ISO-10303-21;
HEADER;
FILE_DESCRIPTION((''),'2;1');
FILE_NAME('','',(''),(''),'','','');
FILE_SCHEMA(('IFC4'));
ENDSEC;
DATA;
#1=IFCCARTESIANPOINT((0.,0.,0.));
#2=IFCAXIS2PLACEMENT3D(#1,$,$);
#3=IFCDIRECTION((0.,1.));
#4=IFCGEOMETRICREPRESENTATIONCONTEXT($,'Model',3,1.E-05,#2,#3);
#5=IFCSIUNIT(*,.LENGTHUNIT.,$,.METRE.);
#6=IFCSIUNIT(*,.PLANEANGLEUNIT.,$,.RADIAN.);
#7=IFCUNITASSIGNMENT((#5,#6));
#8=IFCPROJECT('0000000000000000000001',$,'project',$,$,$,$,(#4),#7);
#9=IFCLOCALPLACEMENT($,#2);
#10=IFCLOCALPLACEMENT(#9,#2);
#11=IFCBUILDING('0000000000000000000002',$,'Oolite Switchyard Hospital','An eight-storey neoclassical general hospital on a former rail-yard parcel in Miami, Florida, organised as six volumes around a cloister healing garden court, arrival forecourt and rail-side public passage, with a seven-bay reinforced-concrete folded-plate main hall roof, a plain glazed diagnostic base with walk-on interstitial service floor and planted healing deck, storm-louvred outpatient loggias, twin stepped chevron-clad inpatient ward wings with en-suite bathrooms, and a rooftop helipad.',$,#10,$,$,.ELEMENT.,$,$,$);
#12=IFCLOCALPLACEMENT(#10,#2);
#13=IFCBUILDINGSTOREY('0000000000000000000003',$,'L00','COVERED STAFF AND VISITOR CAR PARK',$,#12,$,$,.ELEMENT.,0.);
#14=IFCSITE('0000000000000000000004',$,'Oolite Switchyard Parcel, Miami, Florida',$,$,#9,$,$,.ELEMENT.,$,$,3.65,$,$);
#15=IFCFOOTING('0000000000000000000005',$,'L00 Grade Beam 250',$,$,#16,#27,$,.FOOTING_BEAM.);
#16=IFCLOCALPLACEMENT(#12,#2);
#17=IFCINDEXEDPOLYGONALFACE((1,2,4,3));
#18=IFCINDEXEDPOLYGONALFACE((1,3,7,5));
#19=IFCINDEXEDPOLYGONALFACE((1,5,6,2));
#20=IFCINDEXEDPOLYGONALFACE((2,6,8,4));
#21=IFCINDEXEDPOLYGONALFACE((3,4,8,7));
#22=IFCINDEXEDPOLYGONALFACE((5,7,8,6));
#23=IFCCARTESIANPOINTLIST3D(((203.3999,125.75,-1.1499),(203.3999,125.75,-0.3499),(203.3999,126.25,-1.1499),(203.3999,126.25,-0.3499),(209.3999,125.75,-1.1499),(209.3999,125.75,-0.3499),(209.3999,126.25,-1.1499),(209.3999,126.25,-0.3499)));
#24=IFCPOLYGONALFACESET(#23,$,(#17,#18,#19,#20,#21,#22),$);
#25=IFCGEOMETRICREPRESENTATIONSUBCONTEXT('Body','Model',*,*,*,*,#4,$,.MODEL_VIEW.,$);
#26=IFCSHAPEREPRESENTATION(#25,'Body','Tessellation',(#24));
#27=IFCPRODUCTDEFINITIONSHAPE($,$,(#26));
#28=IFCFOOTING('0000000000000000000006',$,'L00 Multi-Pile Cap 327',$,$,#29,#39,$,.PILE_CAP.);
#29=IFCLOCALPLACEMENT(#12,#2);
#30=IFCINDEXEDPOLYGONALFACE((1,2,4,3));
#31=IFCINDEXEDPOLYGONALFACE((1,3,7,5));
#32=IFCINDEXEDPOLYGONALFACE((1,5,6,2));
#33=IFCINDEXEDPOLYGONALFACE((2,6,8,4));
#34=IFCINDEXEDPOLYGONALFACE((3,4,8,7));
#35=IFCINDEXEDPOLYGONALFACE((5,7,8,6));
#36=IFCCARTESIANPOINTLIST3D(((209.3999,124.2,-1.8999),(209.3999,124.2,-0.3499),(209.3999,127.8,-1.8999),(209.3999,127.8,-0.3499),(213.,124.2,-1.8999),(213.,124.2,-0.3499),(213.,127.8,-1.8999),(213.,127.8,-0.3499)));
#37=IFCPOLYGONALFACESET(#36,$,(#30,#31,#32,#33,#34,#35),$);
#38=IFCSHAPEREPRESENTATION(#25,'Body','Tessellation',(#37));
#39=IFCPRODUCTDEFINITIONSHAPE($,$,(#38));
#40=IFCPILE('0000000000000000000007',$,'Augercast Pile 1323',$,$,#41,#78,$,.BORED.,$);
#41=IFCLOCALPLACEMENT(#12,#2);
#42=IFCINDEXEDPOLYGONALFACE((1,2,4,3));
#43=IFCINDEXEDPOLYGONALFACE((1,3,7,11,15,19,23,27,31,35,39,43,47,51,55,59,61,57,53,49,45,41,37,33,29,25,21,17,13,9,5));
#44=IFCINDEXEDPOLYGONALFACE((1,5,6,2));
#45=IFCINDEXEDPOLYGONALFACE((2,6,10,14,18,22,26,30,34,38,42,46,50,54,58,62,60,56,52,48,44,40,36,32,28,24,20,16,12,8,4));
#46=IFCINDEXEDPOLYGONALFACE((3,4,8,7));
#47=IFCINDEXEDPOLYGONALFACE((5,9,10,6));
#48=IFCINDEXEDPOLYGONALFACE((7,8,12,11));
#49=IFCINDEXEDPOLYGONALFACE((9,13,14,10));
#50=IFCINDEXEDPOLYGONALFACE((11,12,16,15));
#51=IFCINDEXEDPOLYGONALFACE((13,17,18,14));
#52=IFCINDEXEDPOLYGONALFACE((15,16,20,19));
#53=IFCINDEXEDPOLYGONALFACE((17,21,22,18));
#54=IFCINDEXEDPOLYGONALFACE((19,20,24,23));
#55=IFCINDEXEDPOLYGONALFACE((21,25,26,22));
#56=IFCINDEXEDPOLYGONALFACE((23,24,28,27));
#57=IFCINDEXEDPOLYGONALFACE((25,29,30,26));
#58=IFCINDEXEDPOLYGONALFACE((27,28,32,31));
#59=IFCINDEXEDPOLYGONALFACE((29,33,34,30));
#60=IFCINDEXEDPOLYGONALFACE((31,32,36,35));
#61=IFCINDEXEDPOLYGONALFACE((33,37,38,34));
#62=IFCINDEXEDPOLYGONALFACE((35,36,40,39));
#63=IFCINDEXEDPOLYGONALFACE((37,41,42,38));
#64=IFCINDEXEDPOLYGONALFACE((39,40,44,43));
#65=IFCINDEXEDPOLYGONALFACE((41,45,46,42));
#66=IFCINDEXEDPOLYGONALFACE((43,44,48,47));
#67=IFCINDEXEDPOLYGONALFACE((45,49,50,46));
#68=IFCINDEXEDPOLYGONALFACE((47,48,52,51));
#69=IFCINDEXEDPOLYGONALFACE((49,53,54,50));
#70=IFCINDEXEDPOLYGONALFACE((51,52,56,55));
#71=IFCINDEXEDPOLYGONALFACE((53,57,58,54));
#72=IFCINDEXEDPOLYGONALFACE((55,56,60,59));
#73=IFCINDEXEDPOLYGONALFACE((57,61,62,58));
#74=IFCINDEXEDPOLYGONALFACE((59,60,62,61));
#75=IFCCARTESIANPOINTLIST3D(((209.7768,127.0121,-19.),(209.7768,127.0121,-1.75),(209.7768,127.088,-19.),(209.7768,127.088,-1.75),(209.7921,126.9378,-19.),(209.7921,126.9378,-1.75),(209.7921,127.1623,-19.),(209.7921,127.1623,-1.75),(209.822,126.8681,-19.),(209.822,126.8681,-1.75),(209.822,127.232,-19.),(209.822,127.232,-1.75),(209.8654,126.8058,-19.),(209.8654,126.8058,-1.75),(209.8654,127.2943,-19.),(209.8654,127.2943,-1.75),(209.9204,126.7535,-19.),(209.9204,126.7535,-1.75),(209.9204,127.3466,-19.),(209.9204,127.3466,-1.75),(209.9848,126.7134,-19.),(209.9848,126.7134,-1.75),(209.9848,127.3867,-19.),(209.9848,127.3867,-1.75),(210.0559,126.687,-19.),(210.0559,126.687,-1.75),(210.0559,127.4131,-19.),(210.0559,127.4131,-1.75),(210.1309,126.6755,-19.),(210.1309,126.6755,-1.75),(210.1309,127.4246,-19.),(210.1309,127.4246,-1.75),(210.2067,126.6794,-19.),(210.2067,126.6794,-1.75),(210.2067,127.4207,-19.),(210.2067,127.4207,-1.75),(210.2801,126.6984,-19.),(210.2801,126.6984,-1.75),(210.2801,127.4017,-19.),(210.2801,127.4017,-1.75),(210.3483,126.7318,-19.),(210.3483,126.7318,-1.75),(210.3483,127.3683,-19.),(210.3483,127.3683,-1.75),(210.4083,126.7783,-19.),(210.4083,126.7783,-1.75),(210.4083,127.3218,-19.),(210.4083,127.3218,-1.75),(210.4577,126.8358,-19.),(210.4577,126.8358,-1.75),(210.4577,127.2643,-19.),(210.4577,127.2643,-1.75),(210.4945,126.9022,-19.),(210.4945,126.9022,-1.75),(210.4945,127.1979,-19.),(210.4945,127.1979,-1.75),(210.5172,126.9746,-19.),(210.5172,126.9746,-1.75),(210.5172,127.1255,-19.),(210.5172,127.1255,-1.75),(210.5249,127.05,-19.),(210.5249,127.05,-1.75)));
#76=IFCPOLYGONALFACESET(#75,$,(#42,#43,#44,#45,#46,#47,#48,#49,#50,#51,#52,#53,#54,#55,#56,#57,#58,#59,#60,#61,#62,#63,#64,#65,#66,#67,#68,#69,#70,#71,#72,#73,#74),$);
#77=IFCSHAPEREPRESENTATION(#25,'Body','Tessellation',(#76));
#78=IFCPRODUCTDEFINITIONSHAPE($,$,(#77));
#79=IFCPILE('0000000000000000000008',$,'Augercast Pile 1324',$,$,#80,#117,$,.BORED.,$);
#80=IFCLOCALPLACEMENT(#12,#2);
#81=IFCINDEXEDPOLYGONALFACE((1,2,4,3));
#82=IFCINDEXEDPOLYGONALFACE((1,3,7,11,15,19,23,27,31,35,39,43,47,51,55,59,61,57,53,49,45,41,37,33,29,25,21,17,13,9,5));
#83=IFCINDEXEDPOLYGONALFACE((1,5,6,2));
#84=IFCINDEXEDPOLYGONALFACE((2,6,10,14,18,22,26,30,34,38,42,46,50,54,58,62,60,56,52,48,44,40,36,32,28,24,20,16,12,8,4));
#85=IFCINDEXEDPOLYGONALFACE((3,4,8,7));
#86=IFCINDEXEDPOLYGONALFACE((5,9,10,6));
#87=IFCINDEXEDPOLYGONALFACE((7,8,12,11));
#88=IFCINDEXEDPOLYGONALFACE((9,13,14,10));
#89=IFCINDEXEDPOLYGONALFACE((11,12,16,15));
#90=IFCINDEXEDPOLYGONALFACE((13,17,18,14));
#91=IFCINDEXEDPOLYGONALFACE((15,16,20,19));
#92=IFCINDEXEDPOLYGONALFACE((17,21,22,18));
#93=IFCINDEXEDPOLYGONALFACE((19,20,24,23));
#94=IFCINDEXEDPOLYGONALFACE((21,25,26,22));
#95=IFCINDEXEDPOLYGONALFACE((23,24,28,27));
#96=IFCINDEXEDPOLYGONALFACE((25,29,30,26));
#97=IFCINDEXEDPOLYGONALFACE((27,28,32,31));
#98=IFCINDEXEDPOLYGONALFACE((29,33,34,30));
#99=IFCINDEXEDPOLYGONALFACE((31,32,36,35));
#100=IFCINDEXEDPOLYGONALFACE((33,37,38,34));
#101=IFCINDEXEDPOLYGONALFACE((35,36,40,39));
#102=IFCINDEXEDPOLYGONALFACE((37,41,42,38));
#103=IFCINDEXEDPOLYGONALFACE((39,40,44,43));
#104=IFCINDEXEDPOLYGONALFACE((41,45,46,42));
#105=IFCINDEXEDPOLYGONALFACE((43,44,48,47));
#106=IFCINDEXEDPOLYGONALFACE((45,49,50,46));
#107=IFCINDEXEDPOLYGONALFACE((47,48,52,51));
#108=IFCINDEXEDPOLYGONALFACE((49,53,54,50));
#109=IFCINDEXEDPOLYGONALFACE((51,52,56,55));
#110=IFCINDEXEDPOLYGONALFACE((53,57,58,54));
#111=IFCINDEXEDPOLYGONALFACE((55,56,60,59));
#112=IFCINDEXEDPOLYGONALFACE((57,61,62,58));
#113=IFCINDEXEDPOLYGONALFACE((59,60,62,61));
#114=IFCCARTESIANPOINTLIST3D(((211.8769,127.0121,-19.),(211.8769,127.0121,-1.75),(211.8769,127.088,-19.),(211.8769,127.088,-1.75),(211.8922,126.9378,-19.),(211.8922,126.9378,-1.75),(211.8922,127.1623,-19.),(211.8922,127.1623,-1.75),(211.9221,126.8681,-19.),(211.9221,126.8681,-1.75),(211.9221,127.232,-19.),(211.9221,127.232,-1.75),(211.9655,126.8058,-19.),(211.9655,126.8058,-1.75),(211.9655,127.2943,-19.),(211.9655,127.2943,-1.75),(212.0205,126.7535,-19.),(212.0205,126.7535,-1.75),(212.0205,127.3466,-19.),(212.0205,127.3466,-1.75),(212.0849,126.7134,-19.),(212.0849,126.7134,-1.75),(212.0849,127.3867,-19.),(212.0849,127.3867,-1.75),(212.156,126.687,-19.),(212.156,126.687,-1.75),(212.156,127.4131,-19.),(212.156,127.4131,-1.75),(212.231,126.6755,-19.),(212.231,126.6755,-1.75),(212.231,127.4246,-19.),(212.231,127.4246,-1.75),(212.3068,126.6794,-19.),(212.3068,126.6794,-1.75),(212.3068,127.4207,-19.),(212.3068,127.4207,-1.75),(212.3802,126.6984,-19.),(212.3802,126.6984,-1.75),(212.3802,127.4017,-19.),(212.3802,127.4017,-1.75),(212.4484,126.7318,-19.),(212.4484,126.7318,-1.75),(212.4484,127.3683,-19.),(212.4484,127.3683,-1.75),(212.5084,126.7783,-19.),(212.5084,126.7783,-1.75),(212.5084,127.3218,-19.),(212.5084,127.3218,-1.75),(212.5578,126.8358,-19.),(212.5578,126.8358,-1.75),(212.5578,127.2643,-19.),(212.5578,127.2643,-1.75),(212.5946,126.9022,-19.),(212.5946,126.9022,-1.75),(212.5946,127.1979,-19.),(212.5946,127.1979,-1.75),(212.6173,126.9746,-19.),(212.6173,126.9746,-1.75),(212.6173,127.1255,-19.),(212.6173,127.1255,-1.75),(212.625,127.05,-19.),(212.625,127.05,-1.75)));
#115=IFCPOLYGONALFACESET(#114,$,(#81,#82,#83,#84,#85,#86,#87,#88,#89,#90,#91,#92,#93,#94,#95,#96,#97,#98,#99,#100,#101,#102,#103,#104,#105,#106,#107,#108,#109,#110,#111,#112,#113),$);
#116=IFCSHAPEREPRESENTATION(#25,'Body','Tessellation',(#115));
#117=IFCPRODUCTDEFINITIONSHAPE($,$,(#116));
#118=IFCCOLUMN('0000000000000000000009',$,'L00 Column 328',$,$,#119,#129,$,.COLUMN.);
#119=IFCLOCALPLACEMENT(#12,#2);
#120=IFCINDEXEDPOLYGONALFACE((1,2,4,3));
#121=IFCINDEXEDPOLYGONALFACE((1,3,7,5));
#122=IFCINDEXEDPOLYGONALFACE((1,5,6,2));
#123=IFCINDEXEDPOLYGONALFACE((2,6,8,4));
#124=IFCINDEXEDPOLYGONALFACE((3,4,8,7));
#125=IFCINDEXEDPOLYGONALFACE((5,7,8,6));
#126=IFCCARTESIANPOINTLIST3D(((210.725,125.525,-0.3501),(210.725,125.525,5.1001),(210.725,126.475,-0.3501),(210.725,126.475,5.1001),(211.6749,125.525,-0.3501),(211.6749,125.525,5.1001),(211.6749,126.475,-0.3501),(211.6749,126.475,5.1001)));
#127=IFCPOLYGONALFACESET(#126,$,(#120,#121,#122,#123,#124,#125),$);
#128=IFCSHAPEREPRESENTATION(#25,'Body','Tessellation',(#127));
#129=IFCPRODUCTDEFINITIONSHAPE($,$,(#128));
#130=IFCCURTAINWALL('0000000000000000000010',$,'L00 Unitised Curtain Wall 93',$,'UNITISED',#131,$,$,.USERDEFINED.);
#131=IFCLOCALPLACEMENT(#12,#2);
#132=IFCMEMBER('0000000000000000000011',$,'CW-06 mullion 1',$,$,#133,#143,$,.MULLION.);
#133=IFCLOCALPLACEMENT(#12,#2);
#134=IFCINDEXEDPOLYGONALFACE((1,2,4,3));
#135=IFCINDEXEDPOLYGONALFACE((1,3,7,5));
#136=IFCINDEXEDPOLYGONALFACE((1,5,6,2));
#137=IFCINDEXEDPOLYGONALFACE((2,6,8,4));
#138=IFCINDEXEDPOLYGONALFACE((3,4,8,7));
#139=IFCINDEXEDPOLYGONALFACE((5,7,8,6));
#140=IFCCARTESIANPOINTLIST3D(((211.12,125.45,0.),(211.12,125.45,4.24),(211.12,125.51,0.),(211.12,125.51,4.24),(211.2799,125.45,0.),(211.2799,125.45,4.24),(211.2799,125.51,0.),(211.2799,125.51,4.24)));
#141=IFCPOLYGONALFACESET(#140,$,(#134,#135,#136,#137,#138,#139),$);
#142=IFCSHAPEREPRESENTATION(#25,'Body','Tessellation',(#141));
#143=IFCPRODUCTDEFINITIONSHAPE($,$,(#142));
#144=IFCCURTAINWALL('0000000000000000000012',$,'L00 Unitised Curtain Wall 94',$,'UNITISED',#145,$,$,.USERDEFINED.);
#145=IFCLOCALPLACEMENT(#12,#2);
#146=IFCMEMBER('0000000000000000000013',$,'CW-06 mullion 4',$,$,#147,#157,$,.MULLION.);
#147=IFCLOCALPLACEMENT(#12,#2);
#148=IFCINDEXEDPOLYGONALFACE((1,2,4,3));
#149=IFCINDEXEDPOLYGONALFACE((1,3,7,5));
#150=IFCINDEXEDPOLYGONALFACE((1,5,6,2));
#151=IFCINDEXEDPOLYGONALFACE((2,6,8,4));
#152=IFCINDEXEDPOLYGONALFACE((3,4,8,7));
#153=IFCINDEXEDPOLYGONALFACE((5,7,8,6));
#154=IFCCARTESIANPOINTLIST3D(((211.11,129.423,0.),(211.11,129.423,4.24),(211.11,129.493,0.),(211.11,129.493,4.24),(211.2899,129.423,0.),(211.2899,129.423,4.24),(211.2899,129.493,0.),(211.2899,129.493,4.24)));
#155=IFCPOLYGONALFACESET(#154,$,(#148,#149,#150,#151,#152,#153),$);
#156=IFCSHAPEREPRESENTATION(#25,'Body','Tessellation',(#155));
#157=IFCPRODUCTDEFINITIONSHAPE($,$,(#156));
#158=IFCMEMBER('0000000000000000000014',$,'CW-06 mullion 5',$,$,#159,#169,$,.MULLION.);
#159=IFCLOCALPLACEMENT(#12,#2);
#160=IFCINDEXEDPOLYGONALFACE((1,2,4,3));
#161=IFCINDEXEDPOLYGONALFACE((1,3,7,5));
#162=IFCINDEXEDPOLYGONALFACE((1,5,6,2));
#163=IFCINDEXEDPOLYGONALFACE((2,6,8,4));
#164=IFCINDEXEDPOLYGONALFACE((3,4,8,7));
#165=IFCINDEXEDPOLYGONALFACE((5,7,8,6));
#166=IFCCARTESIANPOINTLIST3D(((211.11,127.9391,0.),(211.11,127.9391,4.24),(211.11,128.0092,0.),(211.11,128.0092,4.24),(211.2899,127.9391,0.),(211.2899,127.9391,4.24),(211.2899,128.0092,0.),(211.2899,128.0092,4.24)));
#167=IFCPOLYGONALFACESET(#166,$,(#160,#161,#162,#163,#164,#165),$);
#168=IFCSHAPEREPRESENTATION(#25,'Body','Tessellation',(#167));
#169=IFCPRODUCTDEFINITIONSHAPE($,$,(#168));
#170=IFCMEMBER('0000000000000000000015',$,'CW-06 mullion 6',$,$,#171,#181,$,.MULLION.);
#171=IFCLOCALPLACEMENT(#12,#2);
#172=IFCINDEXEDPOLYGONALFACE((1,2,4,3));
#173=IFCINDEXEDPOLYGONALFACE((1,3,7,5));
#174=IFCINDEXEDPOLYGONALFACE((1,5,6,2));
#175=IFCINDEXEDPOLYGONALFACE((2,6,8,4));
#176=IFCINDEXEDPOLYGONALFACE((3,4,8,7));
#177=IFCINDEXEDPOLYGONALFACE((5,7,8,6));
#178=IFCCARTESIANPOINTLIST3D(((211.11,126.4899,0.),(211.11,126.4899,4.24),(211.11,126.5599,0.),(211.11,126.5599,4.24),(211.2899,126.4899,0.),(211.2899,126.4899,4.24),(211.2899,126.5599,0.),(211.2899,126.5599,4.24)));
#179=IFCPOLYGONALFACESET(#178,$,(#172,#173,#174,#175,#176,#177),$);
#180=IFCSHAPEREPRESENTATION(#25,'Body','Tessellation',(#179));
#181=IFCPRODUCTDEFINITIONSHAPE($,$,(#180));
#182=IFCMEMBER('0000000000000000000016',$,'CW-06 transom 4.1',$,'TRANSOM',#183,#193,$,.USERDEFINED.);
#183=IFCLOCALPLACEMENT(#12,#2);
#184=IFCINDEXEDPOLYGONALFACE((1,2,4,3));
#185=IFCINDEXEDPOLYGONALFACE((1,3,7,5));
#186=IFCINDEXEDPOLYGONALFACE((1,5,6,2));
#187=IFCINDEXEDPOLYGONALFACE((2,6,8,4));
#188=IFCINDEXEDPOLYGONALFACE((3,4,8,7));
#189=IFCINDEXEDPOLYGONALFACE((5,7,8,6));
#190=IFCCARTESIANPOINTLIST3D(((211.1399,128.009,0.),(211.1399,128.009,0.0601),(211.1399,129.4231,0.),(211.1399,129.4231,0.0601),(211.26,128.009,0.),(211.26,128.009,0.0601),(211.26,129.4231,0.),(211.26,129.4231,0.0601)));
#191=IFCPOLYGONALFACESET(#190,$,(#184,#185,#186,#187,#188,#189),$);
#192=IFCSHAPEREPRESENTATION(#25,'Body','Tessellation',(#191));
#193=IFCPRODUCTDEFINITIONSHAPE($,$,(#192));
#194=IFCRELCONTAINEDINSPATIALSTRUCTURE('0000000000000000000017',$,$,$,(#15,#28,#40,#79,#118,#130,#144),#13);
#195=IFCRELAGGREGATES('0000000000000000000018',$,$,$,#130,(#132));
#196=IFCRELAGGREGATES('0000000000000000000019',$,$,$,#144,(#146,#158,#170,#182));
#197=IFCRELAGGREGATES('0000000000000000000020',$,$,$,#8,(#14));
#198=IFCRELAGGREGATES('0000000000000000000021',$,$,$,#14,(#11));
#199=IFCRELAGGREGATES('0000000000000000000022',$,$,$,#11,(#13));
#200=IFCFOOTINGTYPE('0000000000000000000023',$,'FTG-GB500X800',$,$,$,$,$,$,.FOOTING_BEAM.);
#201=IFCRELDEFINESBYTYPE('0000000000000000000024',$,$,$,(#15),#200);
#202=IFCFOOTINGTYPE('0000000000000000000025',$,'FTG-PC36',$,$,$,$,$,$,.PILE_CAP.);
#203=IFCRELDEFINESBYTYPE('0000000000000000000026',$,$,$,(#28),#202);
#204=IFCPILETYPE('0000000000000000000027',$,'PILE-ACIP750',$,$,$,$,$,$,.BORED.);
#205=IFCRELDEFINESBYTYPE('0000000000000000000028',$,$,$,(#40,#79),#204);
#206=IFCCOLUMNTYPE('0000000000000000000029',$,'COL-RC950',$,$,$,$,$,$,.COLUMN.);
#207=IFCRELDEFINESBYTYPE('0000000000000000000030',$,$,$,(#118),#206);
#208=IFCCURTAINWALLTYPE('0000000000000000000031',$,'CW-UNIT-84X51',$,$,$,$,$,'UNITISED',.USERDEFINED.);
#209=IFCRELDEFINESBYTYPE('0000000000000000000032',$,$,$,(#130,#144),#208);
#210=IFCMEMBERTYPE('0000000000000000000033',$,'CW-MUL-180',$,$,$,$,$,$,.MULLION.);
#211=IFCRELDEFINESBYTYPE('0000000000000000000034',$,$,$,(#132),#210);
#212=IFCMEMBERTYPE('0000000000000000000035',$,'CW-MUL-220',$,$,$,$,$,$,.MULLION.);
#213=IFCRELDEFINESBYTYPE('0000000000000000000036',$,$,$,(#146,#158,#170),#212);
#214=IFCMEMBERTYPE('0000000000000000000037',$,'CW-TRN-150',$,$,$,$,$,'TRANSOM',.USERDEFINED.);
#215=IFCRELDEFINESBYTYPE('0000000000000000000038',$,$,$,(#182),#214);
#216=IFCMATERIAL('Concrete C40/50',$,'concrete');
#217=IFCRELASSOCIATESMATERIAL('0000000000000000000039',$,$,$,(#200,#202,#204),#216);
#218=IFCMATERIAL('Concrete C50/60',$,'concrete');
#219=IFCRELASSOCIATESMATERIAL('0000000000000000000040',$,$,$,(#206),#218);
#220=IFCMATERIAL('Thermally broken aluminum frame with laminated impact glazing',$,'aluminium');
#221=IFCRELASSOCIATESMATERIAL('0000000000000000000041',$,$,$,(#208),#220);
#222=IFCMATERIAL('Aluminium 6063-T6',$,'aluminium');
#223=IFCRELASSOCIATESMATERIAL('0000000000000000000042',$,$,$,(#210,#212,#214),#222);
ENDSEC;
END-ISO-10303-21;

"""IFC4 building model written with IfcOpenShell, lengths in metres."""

from ifc_helpers import new_model, si_unit, direction, frame, origin, origin_2d, place, context, subcontext, project, spatial, rectangle, circle, extrude, material, material_profile, profile_set, type_object, element, aggregate, save


model = new_model("IFC4")

# Units and contexts
model_context = context("Model", 3, precision=1e-05, world=origin(), true_north=direction((0.0, 1.0)))
body_context = subcontext(model_context, "Body", "Model", "MODEL_VIEW")
ifc_project = project(units=[si_unit("LENGTHUNIT", "METRE"), si_unit("PLANEANGLEUNIT", "RADIAN")], contexts=[model_context])

# Site, building, storey
site_placement = place(None, origin())
site = spatial("IfcSite", under=ifc_project, at=site_placement, Name="Oolite Switchyard Parcel, Miami, Florida", CompositionType="ELEMENT", RefElevation=3.65)
building_placement = place(site_placement, origin())
building = spatial("IfcBuilding", under=site, at=building_placement, Name="Oolite Switchyard Hospital", Description="An eight-storey neoclassical general hospital on a former rail-yard parcel in Miami, Florida, organised as six volumes around a cloister healing garden court, arrival forecourt and rail-side public passage, with a seven-bay reinforced-concrete folded-plate main hall roof, a plain glazed diagnostic base with walk-on interstitial service floor and planted healing deck, storm-louvred outpatient loggias, twin stepped chevron-clad inpatient ward wings with en-suite bathrooms, and a rooftop helipad.", CompositionType="ELEMENT")
storey_placement = place(building_placement, origin())
storey = spatial("IfcBuildingStorey", under=building, at=storey_placement, Name="L00", Description="COVERED STAFF AND VISITOR CAR PARK", CompositionType="ELEMENT", Elevation=0.0)

# Footings
ifc_material_1 = material(Name="Concrete C40/50", Category="concrete")
footing_type_1 = type_object("IfcFootingType", Name="FTG-GB500X800", PredefinedType="FOOTING_BEAM", material=ifc_material_1)
footing_1_placement = place(storey_placement, frame((206.3999, 126.0, -1.1499), z_axis=(0.0, 0.0, 1.0), x_axis=(1.0, 0.0, 0.0)))
element("IfcFooting", 1, at=footing_1_placement, inside=storey, type_object=footing_type_1, Name="L00 Grade Beam 250", PredefinedType="FOOTING_BEAM", context=body_context, shape_type="SweptSolid", body=[
    extrude(rectangle(XDim=6.0, YDim=0.5, at=origin_2d()), origin(), (0.0, 0.0, 1.0), 0.8),
])
footing_type_2 = type_object("IfcFootingType", Name="FTG-PC36", PredefinedType="PILE_CAP", material=ifc_material_1)
footing_2_placement = place(storey_placement, frame((211.2, 126.0, -1.8999), z_axis=(0.0, 0.0, 1.0), x_axis=(1.0, 0.0, 0.0)))
element("IfcFooting", 2, at=footing_2_placement, inside=storey, type_object=footing_type_2, Name="L00 Multi-Pile Cap 327", PredefinedType="PILE_CAP", context=body_context, shape_type="SweptSolid", body=[
    extrude(rectangle(XDim=3.6001, YDim=3.6001, at=origin_2d()), origin(), (0.0, 0.0, 1.0), 1.55),
])

# Piles
ifc_material_profile_1 = material_profile(ifc_material_1, circle(Radius=0.375, at=origin_2d()), Name="PILE750")
ifc_profile_set_1 = profile_set([ifc_material_profile_1], Name="Concrete C40/50")
pile_type = type_object("IfcPileType", Name="PILE-ACIP750", PredefinedType="BORED", material=ifc_profile_set_1)
for number, where, z_axis, x_axis, name in (
    (3, (210.1499, 127.05, -1.75), (0.0, 0.0, -1.0), (1.0, 0.0, 0.0), "Augercast Pile 1323"),
    (4, (212.25, 127.05, -1.75), (0.0, 0.0, -1.0), (1.0, 0.0, 0.0), "Augercast Pile 1324"),
):
    element("IfcPile", number, at=place(storey_placement, frame(where, z_axis=z_axis, x_axis=x_axis)), inside=storey, type_object=pile_type, Name=name, PredefinedType="BORED", context=body_context, shape_type="SweptSolid", body=[
        extrude(circle(Radius=0.375, at=origin_2d()), origin(), (0.0, 0.0, 1.0), 17.25),
    ])

# Column
ifc_material_2 = material(Name="Concrete C50/60", Category="concrete")
ifc_material_profile_2 = material_profile(ifc_material_2, rectangle(XDim=0.95, YDim=0.95, at=origin_2d()), Name="RC950X950")
ifc_profile_set_2 = profile_set([ifc_material_profile_2], Name="Concrete C50/60")
column_type = type_object("IfcColumnType", Name="COL-RC950", PredefinedType="COLUMN", material=ifc_profile_set_2)
column_placement = place(storey_placement, frame((211.2, 126.0, -0.3501), z_axis=(0.0, 0.0, 1.0), x_axis=(1.0, 0.0, 0.0)))
element("IfcColumn", 5, at=column_placement, inside=storey, type_object=column_type, Name="L00 Column 328", PredefinedType="COLUMN", context=body_context, shape_type="SweptSolid", body=[
    extrude(rectangle(XDim=0.95, YDim=0.95, at=origin_2d()), origin(), (0.0, 0.0, 1.0), 5.4502),
])

# Curtain wall, member
ifc_material_3 = material(Name="Thermally broken aluminum frame with laminated impact glazing", Category="aluminium")
curtain_wall_type = type_object("IfcCurtainWallType", Name="CW-UNIT-84X51", ElementType="UNITISED", PredefinedType="USERDEFINED", material=ifc_material_3)
curtain_wall_1_placement = place(storey_placement, origin())
curtain_wall_1 = element("IfcCurtainWall", 6, at=curtain_wall_1_placement, inside=storey, type_object=curtain_wall_type, Name="L00 Unitised Curtain Wall 93", ObjectType="UNITISED", PredefinedType="USERDEFINED")
ifc_material_4 = material(Name="Aluminium 6063-T6", Category="aluminium")
ifc_material_profile_3 = material_profile(ifc_material_4, rectangle(XDim=0.1599, YDim=0.0601, at=origin_2d()), Name="CWM60X160")
ifc_profile_set_3 = profile_set([ifc_material_profile_3], Name="Aluminium 6063-T6")
member_type_1 = type_object("IfcMemberType", Name="CW-MUL-180", PredefinedType="MULLION", material=ifc_profile_set_3)
member_1_placement = place(storey_placement, frame((211.2, 125.48, 0.0), z_axis=(0.0, 0.0, 1.0), x_axis=(1.0, 0.0, 0.0)))
member_1 = element("IfcMember", 7, at=member_1_placement, type_object=member_type_1, Name="CW-06 mullion 1", PredefinedType="MULLION", context=body_context, shape_type="SweptSolid", body=[
    extrude(rectangle(XDim=0.1599, YDim=0.0601, at=origin_2d()), origin(), (0.0, 0.0, 1.0), 4.24),
])

# Curtain wall, members
curtain_wall_2_placement = place(storey_placement, origin())
curtain_wall_2 = element("IfcCurtainWall", 8, at=curtain_wall_2_placement, inside=storey, type_object=curtain_wall_type, Name="L00 Unitised Curtain Wall 94", ObjectType="UNITISED", PredefinedType="USERDEFINED")
ifc_material_profile_4 = material_profile(ifc_material_4, rectangle(XDim=0.1799, YDim=0.0701, at=origin_2d()), Name="CWM70X180")
ifc_profile_set_4 = profile_set([ifc_material_profile_4], Name="Aluminium 6063-T6")
member_type_2 = type_object("IfcMemberType", Name="CW-MUL-220", PredefinedType="MULLION", material=ifc_profile_set_4)
member_2_placement = place(storey_placement, frame((211.2, 129.458, 0.0), z_axis=(0.0, 0.0, 1.0), x_axis=(1.0, 0.0, 0.0)))
member_2 = element("IfcMember", 9, at=member_2_placement, type_object=member_type_2, Name="CW-06 mullion 4", PredefinedType="MULLION", context=body_context, shape_type="SweptSolid", body=[
    extrude(rectangle(XDim=0.1799, YDim=0.0701, at=origin_2d()), origin(), (0.0, 0.0, 1.0), 4.24),
])
member_3_placement = place(storey_placement, frame((211.2, 127.9741, 0.0), z_axis=(0.0, 0.0, 1.0), x_axis=(1.0, 0.0, 0.0)))
member_3 = element("IfcMember", 10, at=member_3_placement, type_object=member_type_2, Name="CW-06 mullion 5", PredefinedType="MULLION", context=body_context, shape_type="SweptSolid", body=[
    extrude(rectangle(XDim=0.1799, YDim=0.0701, at=origin_2d()), origin(), (0.0, 0.0, 1.0), 4.24),
])
member_4_placement = place(storey_placement, frame((211.2, 126.5249, 0.0), z_axis=(0.0, 0.0, 1.0), x_axis=(1.0, 0.0, 0.0)))
member_4 = element("IfcMember", 11, at=member_4_placement, type_object=member_type_2, Name="CW-06 mullion 6", PredefinedType="MULLION", context=body_context, shape_type="SweptSolid", body=[
    extrude(rectangle(XDim=0.1799, YDim=0.0701, at=origin_2d()), origin(), (0.0, 0.0, 1.0), 4.24),
])
ifc_material_profile_5 = material_profile(ifc_material_4, rectangle(XDim=0.1201, YDim=0.0601, at=origin_2d()), Name="CWT60X120")
ifc_profile_set_5 = profile_set([ifc_material_profile_5], Name="Aluminium 6063-T6")
member_type_3 = type_object("IfcMemberType", Name="CW-TRN-150", ElementType="TRANSOM", PredefinedType="USERDEFINED", material=ifc_profile_set_5)
member_5_placement = place(storey_placement, frame((211.2, 129.4231, 0.03), z_axis=(0.0, -1.0, 0.0), x_axis=(1.0, 0.0, 0.0)))
member_5 = element("IfcMember", 12, at=member_5_placement, type_object=member_type_3, Name="CW-06 transom 4.1", ObjectType="TRANSOM", PredefinedType="USERDEFINED", context=body_context, shape_type="SweptSolid", body=[
    extrude(rectangle(XDim=0.1201, YDim=0.0601, at=origin_2d()), origin(), (0.0, 0.0, 1.0), 1.4141),
])

aggregate(curtain_wall_1, [member_1])

aggregate(curtain_wall_2, [member_2, member_3, member_4, member_5])

save(model, "model.ifc")
